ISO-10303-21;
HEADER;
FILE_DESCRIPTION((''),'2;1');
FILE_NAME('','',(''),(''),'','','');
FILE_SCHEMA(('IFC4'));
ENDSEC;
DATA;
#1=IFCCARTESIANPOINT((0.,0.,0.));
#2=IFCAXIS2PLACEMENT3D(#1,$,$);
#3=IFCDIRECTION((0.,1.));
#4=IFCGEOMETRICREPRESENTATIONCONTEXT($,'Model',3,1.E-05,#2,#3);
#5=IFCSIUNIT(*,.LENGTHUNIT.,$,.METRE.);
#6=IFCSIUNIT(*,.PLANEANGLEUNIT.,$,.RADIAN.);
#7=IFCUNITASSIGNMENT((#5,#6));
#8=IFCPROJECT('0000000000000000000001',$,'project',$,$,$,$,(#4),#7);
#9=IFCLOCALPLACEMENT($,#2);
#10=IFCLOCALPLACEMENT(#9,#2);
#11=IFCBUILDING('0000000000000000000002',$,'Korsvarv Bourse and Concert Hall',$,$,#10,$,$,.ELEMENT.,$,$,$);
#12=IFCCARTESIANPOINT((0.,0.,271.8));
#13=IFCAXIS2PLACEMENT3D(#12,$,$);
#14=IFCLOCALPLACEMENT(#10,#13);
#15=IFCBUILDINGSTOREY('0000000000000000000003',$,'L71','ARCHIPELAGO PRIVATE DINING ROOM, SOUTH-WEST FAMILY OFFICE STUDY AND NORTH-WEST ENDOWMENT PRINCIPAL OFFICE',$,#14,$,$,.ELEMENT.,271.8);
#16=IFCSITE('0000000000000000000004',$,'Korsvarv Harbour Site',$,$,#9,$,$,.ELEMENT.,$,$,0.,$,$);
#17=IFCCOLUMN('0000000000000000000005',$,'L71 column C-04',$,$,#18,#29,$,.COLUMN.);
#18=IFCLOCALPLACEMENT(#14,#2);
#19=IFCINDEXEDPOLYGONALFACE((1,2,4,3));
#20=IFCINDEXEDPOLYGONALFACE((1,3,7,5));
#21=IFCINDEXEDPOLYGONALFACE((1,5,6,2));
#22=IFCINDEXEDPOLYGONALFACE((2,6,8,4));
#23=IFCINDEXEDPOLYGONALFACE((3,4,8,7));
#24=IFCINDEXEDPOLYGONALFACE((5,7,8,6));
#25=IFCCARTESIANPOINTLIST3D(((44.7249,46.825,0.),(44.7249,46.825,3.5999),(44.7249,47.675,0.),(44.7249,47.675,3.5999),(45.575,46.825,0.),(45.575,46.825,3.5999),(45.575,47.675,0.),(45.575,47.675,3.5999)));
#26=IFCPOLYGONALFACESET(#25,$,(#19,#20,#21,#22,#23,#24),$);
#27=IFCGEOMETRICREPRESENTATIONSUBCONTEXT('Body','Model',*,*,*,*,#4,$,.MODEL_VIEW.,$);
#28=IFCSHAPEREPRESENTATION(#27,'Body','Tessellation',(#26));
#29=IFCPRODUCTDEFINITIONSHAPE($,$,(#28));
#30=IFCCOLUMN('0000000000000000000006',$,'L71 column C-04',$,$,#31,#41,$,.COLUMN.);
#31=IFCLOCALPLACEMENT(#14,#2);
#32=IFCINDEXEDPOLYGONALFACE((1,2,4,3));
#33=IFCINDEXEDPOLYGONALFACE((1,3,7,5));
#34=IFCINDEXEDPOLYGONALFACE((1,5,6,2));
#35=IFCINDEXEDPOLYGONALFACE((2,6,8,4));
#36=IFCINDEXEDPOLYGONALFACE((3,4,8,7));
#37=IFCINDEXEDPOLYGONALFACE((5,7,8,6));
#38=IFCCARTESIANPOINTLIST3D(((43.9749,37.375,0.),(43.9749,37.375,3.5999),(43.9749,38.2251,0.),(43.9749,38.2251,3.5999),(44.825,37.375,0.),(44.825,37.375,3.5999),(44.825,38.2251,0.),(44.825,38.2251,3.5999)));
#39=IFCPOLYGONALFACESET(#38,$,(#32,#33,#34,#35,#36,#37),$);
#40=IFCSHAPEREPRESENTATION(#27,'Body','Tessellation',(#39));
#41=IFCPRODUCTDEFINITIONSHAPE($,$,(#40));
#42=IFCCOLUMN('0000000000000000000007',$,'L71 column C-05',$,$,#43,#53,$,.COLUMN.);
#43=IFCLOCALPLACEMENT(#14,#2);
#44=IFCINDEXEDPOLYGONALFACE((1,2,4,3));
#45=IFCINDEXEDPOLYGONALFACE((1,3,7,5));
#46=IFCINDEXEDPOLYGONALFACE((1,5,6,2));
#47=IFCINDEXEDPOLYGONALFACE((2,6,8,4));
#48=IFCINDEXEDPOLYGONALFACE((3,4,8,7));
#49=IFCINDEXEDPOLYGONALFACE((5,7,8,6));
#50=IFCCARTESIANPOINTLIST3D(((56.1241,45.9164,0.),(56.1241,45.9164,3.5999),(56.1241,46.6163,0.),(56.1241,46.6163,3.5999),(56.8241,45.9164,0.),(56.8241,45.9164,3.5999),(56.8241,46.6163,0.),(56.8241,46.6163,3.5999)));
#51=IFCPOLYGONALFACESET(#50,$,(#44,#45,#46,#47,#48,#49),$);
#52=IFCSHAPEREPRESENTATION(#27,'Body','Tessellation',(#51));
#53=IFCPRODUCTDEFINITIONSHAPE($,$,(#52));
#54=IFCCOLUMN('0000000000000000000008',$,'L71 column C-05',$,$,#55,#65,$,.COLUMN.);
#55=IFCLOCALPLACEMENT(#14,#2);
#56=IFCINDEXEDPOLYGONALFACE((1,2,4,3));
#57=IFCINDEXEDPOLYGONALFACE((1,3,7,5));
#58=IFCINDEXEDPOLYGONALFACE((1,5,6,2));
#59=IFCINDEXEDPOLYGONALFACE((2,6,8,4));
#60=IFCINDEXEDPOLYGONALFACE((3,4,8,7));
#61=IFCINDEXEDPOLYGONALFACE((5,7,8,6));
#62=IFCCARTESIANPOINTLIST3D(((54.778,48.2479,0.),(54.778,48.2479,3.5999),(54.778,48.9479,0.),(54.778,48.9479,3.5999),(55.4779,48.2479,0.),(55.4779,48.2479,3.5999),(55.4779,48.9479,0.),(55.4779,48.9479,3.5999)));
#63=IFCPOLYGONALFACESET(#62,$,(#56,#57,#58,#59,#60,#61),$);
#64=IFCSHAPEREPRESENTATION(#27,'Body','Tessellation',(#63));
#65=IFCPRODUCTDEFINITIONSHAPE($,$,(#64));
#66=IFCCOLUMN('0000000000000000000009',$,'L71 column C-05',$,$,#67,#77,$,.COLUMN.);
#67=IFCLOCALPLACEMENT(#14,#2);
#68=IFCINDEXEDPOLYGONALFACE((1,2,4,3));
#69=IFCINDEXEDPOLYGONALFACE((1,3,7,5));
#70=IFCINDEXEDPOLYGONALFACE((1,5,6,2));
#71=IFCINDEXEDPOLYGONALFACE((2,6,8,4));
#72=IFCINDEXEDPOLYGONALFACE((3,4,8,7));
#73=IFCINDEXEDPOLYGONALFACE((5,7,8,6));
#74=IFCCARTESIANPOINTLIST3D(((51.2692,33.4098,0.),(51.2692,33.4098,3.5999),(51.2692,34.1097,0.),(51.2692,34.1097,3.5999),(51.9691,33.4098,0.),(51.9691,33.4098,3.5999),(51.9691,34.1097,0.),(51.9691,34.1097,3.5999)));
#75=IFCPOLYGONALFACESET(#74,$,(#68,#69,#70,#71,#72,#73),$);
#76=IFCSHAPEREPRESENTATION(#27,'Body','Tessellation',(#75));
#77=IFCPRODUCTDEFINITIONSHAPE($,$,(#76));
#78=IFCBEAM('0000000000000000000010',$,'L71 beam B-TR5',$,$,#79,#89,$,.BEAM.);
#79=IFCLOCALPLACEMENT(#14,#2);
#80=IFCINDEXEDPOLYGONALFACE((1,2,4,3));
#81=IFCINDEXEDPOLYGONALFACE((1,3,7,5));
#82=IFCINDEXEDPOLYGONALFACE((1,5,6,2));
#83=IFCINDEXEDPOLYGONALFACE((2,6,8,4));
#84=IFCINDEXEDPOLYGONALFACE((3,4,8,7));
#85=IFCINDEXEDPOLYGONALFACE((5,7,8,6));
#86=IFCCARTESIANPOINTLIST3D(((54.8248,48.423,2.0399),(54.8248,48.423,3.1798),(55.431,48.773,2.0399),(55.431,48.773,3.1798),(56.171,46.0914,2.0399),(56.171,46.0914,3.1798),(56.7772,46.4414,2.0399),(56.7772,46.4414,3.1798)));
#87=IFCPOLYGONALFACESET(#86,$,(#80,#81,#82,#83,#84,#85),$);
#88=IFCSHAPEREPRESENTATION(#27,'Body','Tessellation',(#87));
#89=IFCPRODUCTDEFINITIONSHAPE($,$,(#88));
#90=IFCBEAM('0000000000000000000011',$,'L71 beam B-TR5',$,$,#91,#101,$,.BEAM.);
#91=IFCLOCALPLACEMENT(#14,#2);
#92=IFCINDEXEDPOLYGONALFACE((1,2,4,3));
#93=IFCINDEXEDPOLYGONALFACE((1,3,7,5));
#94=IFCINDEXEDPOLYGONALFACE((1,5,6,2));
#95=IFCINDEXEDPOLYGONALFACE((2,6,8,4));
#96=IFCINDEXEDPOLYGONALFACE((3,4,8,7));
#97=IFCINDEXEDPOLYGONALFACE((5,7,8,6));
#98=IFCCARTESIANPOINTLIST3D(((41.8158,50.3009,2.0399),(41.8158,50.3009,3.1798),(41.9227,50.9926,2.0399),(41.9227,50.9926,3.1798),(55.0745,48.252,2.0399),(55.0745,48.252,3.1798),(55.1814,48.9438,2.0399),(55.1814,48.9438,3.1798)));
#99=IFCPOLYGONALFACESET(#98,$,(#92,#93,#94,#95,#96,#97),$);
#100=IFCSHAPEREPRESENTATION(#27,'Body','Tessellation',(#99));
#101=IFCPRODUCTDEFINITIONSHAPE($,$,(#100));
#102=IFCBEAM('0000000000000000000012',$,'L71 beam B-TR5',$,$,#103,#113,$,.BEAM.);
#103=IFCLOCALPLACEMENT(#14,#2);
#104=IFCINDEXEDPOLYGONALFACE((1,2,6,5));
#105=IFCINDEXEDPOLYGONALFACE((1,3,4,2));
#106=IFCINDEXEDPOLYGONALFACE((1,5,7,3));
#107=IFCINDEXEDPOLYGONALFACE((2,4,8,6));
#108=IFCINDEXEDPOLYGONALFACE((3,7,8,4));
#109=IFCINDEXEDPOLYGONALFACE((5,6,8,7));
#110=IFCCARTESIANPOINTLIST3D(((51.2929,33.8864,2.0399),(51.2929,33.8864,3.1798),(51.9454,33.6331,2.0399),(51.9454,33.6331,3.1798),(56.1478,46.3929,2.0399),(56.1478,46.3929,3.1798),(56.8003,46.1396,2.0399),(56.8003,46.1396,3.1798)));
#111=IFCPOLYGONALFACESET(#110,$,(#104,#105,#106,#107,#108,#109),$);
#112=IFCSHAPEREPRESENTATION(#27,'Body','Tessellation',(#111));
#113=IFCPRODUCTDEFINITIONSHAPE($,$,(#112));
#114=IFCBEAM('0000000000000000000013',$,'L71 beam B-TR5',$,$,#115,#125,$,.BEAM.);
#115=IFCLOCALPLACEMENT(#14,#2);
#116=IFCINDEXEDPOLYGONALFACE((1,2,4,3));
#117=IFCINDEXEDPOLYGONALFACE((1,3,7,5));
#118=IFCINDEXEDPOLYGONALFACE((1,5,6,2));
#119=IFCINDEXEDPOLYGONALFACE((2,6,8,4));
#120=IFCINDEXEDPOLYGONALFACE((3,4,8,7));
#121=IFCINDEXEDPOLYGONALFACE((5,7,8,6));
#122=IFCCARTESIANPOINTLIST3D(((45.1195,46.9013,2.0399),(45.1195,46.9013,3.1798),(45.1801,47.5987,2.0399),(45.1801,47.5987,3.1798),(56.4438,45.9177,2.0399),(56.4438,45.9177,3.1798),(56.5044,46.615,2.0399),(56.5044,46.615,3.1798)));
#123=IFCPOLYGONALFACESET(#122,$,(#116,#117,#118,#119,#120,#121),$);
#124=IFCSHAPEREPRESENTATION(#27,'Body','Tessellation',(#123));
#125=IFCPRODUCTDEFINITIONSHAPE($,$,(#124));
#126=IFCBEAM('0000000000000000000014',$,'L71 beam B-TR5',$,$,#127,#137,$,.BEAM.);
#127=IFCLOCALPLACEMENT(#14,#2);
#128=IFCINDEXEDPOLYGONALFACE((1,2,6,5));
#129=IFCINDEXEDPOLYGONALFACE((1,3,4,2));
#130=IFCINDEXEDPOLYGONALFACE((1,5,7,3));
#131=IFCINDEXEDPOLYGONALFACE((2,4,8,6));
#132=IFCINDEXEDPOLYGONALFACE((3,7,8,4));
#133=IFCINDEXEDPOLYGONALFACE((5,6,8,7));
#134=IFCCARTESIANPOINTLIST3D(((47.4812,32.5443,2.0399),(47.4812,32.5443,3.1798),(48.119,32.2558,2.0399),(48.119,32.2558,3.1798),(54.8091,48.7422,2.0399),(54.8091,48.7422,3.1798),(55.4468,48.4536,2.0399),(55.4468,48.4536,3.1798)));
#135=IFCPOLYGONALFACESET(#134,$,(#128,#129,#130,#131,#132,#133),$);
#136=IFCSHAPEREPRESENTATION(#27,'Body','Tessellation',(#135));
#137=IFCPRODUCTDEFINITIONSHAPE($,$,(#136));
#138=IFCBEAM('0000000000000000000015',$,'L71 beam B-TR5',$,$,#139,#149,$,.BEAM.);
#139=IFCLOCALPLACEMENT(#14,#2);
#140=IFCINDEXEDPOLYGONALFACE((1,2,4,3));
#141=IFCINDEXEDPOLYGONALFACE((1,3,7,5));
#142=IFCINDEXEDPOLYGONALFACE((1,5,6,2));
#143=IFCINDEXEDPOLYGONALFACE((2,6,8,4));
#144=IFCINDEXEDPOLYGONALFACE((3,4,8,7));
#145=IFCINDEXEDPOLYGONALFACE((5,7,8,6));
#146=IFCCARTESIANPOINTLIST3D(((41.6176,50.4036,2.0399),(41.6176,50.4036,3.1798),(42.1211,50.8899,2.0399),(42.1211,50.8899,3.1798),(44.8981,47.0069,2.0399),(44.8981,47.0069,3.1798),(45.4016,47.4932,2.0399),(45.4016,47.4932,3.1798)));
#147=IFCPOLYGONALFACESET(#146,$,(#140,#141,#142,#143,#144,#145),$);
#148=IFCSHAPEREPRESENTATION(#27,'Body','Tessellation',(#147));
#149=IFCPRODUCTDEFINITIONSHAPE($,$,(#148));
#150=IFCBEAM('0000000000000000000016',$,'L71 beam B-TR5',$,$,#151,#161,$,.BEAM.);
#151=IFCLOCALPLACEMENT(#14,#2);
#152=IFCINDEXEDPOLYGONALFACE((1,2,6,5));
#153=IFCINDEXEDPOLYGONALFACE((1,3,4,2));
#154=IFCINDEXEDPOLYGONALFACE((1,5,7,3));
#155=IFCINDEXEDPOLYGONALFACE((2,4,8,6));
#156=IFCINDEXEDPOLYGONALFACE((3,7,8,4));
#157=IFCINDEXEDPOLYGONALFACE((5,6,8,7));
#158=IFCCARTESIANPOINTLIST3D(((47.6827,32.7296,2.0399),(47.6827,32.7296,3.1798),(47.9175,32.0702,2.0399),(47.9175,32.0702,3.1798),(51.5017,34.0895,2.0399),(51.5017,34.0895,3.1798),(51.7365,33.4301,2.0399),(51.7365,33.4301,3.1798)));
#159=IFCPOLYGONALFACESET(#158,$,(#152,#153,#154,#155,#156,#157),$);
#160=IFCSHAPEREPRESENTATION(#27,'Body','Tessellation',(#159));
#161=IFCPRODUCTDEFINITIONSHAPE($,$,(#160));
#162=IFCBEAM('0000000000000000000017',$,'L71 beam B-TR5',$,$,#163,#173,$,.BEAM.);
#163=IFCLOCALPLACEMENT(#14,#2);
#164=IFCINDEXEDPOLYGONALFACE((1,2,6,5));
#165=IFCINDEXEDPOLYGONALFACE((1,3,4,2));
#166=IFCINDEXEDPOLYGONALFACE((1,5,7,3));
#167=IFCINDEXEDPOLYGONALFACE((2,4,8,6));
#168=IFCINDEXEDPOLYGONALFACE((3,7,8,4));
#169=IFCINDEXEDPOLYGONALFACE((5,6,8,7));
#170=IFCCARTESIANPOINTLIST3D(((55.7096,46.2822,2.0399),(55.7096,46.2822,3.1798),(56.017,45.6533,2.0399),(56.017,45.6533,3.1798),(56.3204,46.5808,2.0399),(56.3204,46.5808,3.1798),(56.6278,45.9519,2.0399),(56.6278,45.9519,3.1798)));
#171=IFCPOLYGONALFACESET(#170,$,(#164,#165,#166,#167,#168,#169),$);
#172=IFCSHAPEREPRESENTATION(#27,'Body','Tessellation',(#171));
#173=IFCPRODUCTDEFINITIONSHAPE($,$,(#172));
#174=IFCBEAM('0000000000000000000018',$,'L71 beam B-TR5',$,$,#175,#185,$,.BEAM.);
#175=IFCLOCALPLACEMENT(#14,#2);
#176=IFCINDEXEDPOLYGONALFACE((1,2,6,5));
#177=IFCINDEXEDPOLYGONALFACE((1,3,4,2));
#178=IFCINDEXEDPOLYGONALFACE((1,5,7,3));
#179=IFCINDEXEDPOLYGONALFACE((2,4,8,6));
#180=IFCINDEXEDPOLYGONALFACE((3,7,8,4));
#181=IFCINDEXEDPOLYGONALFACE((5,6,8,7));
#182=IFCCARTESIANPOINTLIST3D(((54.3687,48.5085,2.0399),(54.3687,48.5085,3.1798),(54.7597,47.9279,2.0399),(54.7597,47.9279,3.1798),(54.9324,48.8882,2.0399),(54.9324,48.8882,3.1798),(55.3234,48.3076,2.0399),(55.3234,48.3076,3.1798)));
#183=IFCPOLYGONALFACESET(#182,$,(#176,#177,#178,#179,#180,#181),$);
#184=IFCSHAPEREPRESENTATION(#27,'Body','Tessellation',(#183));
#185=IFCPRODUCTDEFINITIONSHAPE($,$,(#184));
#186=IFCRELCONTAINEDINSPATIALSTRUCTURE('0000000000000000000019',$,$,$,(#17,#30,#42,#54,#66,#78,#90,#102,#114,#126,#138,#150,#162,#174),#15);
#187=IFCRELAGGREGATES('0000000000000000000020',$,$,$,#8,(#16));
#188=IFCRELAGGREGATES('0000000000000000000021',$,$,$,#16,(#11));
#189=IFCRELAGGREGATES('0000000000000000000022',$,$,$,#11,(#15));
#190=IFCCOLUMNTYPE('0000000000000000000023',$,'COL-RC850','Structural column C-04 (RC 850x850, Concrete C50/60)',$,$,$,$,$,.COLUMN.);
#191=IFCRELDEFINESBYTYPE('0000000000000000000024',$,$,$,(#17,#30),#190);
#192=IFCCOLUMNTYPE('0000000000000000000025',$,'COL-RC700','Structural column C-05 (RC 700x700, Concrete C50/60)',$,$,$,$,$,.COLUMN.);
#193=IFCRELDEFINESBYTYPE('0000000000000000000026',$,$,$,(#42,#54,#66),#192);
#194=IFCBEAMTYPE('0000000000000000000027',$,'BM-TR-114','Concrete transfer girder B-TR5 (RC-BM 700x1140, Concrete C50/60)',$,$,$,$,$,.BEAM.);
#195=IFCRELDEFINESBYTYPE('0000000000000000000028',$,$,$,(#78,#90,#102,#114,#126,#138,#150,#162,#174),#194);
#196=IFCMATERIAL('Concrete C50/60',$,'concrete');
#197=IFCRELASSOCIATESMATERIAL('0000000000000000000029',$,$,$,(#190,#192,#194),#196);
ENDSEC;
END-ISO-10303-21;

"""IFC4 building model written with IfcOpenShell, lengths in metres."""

from ifc_helpers import new_model, si_unit, direction, frame, origin, origin_2d, place, context, subcontext, project, spatial, rectangle, extrude, source, transform, mapped, material, material_profile, profile_set, type_object, element, save


model = new_model("IFC4")

# Units and contexts
model_context = context("Model", 3, precision=1e-05, world=origin(), true_north=direction((0.0, 1.0)))
body_context = subcontext(model_context, "Body", "Model", "MODEL_VIEW")
ifc_project = project(units=[si_unit("LENGTHUNIT", "METRE"), si_unit("PLANEANGLEUNIT", "RADIAN")], contexts=[model_context])

# Site, building, storey
site_placement = place(None, origin())
site = spatial("IfcSite", under=ifc_project, at=site_placement, Name="Korsvarv Harbour Site", CompositionType="ELEMENT", RefElevation=0.0)
building_placement = place(site_placement, origin())
building = spatial("IfcBuilding", under=site, at=building_placement, Name="Korsvarv Bourse and Concert Hall", CompositionType="ELEMENT")
storey_placement = place(building_placement, frame((0.0, 0.0, 271.8)))
storey = spatial("IfcBuildingStorey", under=building, at=storey_placement, Name="L71", Description="ARCHIPELAGO PRIVATE DINING ROOM, SOUTH-WEST FAMILY OFFICE STUDY AND NORTH-WEST ENDOWMENT PRINCIPAL OFFICE", CompositionType="ELEMENT", Elevation=271.8)

# Columns
ifc_material_1 = material(Name="Concrete C50/60", Category="concrete")
ifc_material_profile_1 = material_profile(ifc_material_1, rectangle(XDim=0.8501, YDim=0.8501, at=origin_2d()), Name="RC 850x850")
ifc_profile_set_1 = profile_set([ifc_material_profile_1], Name="Concrete C50/60")
column_type_1 = type_object("IfcColumnType", Name="COL-RC850", Description="Structural column C-04 (RC 850x850, Concrete C50/60)", PredefinedType="COLUMN", material=ifc_profile_set_1)
shared_shape_1 = source(origin(), body_context, "Body", "SweptSolid", [
    extrude(rectangle(XDim=0.8501, YDim=0.8501, at=origin_2d()), origin(), (0.0, 0.0, 1.0), 3.5999),
])
for number, where, z_axis, x_axis, name in (
    (1, (45.1499, 47.25, 0.0), (0.0, 0.0, 1.0), (1.0, 0.0, 0.0), "L71 column C-04"),
    (2, (44.3999, 37.8, 0.0), (0.0, 0.0, 1.0), (1.0, 0.0, 0.0), "L71 column C-04"),
):
    element("IfcColumn", number, at=place(storey_placement, frame(where, z_axis=z_axis, x_axis=x_axis)), inside=storey, type_object=column_type_1, Name=name, PredefinedType="COLUMN", context=body_context, shape_type="MappedRepresentation", body=[
        mapped(shared_shape_1, transform((0.0, 0.0, 0.0), scale=1.0)),
    ])
ifc_material_profile_2 = material_profile(ifc_material_1, rectangle(XDim=0.7, YDim=0.7, at=origin_2d()), Name="RC 700x700")
ifc_profile_set_2 = profile_set([ifc_material_profile_2], Name="Concrete C50/60")
column_type_2 = type_object("IfcColumnType", Name="COL-RC700", Description="Structural column C-05 (RC 700x700, Concrete C50/60)", PredefinedType="COLUMN", material=ifc_profile_set_2)
shared_shape_2 = source(origin(), body_context, "Body", "SweptSolid", [
    extrude(rectangle(XDim=0.7, YDim=0.7, at=origin_2d()), origin(), (0.0, 0.0, 1.0), 3.5999),
])
for number, where, z_axis, x_axis, name in (
    (3, (56.4741, 46.2664, 0.0), (0.0, 0.0, 1.0), (1.0, 0.0, 0.0), "L71 column C-05"),
    (4, (55.1279, 48.5979, 0.0), (0.0, 0.0, 1.0), (1.0, 0.0, 0.0), "L71 column C-05"),
    (5, (51.6191, 33.7598, 0.0), (0.0, 0.0, 1.0), (1.0, 0.0, 0.0), "L71 column C-05"),
):
    element("IfcColumn", number, at=place(storey_placement, frame(where, z_axis=z_axis, x_axis=x_axis)), inside=storey, type_object=column_type_2, Name=name, PredefinedType="COLUMN", context=body_context, shape_type="MappedRepresentation", body=[
        mapped(shared_shape_2, transform((0.0, 0.0, 0.0), scale=1.0)),
    ])

# Beams
ifc_material_profile_3 = material_profile(ifc_material_1, rectangle(XDim=0.7, YDim=1.1399, at=origin_2d()), Name="RC-BM 700x1140")
ifc_profile_set_3 = profile_set([ifc_material_profile_3], Name="Concrete C50/60")
beam_type = type_object("IfcBeamType", Name="BM-TR-114", Description="Concrete transfer girder B-TR5 (RC-BM 700x1140, Concrete C50/60)", PredefinedType="BEAM", material=ifc_profile_set_3)
shared_shape_3 = source(origin(), body_context, "Body", "SweptSolid", [
    extrude(rectangle(XDim=0.7, YDim=1.1399, at=origin_2d()), origin(), (0.0, 0.0, 1.0), 2.6924),
])
beam_1_placement = place(storey_placement, frame((56.4741, 46.2664, 2.6099), z_axis=(-0.500021, 0.866013, 0.0), x_axis=(-0.866013, -0.500021, 0.0)))
element("IfcBeam", 6, at=beam_1_placement, inside=storey, type_object=beam_type, Name="L71 beam B-TR5", PredefinedType="BEAM", context=body_context, shape_type="MappedRepresentation", body=[
    mapped(shared_shape_3, transform((0.0, 0.0, 0.0), scale=1.0)),
])
shared_shape_4 = source(origin(), body_context, "Body", "SweptSolid", [
    extrude(rectangle(XDim=0.7, YDim=1.1399, at=origin_2d()), origin(), (0.0, 0.0, 1.0), 13.416),
])
beam_2_placement = place(storey_placement, frame((55.1279, 48.5979, 2.6099), z_axis=(-0.98827, 0.152716, 0.0), x_axis=(-0.152716, -0.98827, 0.0)))
element("IfcBeam", 7, at=beam_2_placement, inside=storey, type_object=beam_type, Name="L71 beam B-TR5", PredefinedType="BEAM", context=body_context, shape_type="MappedRepresentation", body=[
    mapped(shared_shape_4, transform((0.0, 0.0, 0.0), scale=1.0)),
])
shared_shape_5 = source(origin(), body_context, "Body", "SweptSolid", [
    extrude(rectangle(XDim=0.7, YDim=1.1399, at=origin_2d()), origin(), (0.0, 0.0, 1.0), 13.4158),
])
beam_3_placement = place(storey_placement, frame((51.6191, 33.7598, 2.6099), z_axis=(0.361883, 0.932223, 0.0), x_axis=(-0.932223, 0.361883, 0.0)))
element("IfcBeam", 8, at=beam_3_placement, inside=storey, type_object=beam_type, Name="L71 beam B-TR5", PredefinedType="BEAM", context=body_context, shape_type="MappedRepresentation", body=[
    mapped(shared_shape_5, transform((0.0, 0.0, 0.0), scale=1.0)),
])
shared_shape_6 = source(origin(), body_context, "Body", "SweptSolid", [
    extrude(rectangle(XDim=0.7, YDim=1.1399, at=origin_2d()), origin(), (0.0, 0.0, 1.0), 11.3669),
])
beam_4_placement = place(storey_placement, frame((56.4741, 46.2664, 2.6099), z_axis=(-0.996249, 0.086536, 0.0), x_axis=(-0.086536, -0.996249, 0.0)))
element("IfcBeam", 9, at=beam_4_placement, inside=storey, type_object=beam_type, Name="L71 beam B-TR5", PredefinedType="BEAM", context=body_context, shape_type="MappedRepresentation", body=[
    mapped(shared_shape_6, transform((0.0, 0.0, 0.0), scale=1.0)),
])
shared_shape_7 = source(origin(), body_context, "Body", "SweptSolid", [
    extrude(rectangle(XDim=0.7, YDim=1.1399, at=origin_2d()), origin(), (0.0, 0.0, 1.0), 17.7783),
])
beam_5_placement = place(storey_placement, frame((55.1279, 48.5979, 2.6099), z_axis=(-0.412178, -0.911103, 0.0), x_axis=(0.911103, -0.412178, 0.0)))
element("IfcBeam", 10, at=beam_5_placement, inside=storey, type_object=beam_type, Name="L71 beam B-TR5", PredefinedType="BEAM", context=body_context, shape_type="MappedRepresentation", body=[
    mapped(shared_shape_7, transform((0.0, 0.0, 0.0), scale=1.0)),
])
shared_shape_8 = source(origin(), body_context, "Body", "SweptSolid", [
    extrude(rectangle(XDim=0.7, YDim=1.1399, at=origin_2d()), origin(), (0.0, 0.0, 1.0), 4.7222),
])
beam_6_placement = place(storey_placement, frame((41.8694, 50.6467, 2.6099), z_axis=(0.694695, -0.719304, 0.0), x_axis=(0.719304, 0.694695, 0.0)))
element("IfcBeam", 11, at=beam_6_placement, inside=storey, type_object=beam_type, Name="L71 beam B-TR5", PredefinedType="BEAM", context=body_context, shape_type="MappedRepresentation", body=[
    mapped(shared_shape_8, transform((0.0, 0.0, 0.0), scale=1.0)),
])
shared_shape_9 = source(origin(), body_context, "Body", "SweptSolid", [
    extrude(rectangle(XDim=0.7, YDim=1.1399, at=origin_2d()), origin(), (0.0, 0.0, 1.0), 4.054),
])
beam_7_placement = place(storey_placement, frame((51.6191, 33.7598, 2.6099), z_axis=(-0.942062, -0.33544, 0.0), x_axis=(0.33544, -0.942062, 0.0)))
element("IfcBeam", 12, at=beam_7_placement, inside=storey, type_object=beam_type, Name="L71 beam B-TR5", PredefinedType="BEAM", context=body_context, shape_type="MappedRepresentation", body=[
    mapped(shared_shape_9, transform((0.0, 0.0, 0.0), scale=1.0)),
])
shared_shape_10 = source(origin(), body_context, "Body", "SweptSolid", [
    extrude(rectangle(XDim=0.7, YDim=1.1399, at=origin_2d()), origin(), (0.0, 0.0, 1.0), 0.6799),
])
beam_8_placement = place(storey_placement, frame((56.4741, 46.2664, 2.6099), z_axis=(-0.898413, -0.439152, 0.0), x_axis=(0.439152, -0.898413, 0.0)))
element("IfcBeam", 13, at=beam_8_placement, inside=storey, type_object=beam_type, Name="L71 beam B-TR5", PredefinedType="BEAM", context=body_context, shape_type="MappedRepresentation", body=[
    mapped(shared_shape_10, transform((0.0, 0.0, 0.0), scale=1.0)),
])
shared_shape_11 = source(origin(), body_context, "Body", "SweptSolid", [
    extrude(rectangle(XDim=0.7, YDim=1.1399, at=origin_2d()), origin(), (0.0, 0.0, 1.0), 0.6797),
])
beam_9_placement = place(storey_placement, frame((55.1279, 48.5979, 2.6099), z_axis=(-0.829444, -0.55859, 0.0), x_axis=(0.55859, -0.829444, 0.0)))
element("IfcBeam", 14, at=beam_9_placement, inside=storey, type_object=beam_type, Name="L71 beam B-TR5", PredefinedType="BEAM", context=body_context, shape_type="MappedRepresentation", body=[
    mapped(shared_shape_11, transform((0.0, 0.0, 0.0), scale=1.0)),
])

save(model, "model.ifc")
